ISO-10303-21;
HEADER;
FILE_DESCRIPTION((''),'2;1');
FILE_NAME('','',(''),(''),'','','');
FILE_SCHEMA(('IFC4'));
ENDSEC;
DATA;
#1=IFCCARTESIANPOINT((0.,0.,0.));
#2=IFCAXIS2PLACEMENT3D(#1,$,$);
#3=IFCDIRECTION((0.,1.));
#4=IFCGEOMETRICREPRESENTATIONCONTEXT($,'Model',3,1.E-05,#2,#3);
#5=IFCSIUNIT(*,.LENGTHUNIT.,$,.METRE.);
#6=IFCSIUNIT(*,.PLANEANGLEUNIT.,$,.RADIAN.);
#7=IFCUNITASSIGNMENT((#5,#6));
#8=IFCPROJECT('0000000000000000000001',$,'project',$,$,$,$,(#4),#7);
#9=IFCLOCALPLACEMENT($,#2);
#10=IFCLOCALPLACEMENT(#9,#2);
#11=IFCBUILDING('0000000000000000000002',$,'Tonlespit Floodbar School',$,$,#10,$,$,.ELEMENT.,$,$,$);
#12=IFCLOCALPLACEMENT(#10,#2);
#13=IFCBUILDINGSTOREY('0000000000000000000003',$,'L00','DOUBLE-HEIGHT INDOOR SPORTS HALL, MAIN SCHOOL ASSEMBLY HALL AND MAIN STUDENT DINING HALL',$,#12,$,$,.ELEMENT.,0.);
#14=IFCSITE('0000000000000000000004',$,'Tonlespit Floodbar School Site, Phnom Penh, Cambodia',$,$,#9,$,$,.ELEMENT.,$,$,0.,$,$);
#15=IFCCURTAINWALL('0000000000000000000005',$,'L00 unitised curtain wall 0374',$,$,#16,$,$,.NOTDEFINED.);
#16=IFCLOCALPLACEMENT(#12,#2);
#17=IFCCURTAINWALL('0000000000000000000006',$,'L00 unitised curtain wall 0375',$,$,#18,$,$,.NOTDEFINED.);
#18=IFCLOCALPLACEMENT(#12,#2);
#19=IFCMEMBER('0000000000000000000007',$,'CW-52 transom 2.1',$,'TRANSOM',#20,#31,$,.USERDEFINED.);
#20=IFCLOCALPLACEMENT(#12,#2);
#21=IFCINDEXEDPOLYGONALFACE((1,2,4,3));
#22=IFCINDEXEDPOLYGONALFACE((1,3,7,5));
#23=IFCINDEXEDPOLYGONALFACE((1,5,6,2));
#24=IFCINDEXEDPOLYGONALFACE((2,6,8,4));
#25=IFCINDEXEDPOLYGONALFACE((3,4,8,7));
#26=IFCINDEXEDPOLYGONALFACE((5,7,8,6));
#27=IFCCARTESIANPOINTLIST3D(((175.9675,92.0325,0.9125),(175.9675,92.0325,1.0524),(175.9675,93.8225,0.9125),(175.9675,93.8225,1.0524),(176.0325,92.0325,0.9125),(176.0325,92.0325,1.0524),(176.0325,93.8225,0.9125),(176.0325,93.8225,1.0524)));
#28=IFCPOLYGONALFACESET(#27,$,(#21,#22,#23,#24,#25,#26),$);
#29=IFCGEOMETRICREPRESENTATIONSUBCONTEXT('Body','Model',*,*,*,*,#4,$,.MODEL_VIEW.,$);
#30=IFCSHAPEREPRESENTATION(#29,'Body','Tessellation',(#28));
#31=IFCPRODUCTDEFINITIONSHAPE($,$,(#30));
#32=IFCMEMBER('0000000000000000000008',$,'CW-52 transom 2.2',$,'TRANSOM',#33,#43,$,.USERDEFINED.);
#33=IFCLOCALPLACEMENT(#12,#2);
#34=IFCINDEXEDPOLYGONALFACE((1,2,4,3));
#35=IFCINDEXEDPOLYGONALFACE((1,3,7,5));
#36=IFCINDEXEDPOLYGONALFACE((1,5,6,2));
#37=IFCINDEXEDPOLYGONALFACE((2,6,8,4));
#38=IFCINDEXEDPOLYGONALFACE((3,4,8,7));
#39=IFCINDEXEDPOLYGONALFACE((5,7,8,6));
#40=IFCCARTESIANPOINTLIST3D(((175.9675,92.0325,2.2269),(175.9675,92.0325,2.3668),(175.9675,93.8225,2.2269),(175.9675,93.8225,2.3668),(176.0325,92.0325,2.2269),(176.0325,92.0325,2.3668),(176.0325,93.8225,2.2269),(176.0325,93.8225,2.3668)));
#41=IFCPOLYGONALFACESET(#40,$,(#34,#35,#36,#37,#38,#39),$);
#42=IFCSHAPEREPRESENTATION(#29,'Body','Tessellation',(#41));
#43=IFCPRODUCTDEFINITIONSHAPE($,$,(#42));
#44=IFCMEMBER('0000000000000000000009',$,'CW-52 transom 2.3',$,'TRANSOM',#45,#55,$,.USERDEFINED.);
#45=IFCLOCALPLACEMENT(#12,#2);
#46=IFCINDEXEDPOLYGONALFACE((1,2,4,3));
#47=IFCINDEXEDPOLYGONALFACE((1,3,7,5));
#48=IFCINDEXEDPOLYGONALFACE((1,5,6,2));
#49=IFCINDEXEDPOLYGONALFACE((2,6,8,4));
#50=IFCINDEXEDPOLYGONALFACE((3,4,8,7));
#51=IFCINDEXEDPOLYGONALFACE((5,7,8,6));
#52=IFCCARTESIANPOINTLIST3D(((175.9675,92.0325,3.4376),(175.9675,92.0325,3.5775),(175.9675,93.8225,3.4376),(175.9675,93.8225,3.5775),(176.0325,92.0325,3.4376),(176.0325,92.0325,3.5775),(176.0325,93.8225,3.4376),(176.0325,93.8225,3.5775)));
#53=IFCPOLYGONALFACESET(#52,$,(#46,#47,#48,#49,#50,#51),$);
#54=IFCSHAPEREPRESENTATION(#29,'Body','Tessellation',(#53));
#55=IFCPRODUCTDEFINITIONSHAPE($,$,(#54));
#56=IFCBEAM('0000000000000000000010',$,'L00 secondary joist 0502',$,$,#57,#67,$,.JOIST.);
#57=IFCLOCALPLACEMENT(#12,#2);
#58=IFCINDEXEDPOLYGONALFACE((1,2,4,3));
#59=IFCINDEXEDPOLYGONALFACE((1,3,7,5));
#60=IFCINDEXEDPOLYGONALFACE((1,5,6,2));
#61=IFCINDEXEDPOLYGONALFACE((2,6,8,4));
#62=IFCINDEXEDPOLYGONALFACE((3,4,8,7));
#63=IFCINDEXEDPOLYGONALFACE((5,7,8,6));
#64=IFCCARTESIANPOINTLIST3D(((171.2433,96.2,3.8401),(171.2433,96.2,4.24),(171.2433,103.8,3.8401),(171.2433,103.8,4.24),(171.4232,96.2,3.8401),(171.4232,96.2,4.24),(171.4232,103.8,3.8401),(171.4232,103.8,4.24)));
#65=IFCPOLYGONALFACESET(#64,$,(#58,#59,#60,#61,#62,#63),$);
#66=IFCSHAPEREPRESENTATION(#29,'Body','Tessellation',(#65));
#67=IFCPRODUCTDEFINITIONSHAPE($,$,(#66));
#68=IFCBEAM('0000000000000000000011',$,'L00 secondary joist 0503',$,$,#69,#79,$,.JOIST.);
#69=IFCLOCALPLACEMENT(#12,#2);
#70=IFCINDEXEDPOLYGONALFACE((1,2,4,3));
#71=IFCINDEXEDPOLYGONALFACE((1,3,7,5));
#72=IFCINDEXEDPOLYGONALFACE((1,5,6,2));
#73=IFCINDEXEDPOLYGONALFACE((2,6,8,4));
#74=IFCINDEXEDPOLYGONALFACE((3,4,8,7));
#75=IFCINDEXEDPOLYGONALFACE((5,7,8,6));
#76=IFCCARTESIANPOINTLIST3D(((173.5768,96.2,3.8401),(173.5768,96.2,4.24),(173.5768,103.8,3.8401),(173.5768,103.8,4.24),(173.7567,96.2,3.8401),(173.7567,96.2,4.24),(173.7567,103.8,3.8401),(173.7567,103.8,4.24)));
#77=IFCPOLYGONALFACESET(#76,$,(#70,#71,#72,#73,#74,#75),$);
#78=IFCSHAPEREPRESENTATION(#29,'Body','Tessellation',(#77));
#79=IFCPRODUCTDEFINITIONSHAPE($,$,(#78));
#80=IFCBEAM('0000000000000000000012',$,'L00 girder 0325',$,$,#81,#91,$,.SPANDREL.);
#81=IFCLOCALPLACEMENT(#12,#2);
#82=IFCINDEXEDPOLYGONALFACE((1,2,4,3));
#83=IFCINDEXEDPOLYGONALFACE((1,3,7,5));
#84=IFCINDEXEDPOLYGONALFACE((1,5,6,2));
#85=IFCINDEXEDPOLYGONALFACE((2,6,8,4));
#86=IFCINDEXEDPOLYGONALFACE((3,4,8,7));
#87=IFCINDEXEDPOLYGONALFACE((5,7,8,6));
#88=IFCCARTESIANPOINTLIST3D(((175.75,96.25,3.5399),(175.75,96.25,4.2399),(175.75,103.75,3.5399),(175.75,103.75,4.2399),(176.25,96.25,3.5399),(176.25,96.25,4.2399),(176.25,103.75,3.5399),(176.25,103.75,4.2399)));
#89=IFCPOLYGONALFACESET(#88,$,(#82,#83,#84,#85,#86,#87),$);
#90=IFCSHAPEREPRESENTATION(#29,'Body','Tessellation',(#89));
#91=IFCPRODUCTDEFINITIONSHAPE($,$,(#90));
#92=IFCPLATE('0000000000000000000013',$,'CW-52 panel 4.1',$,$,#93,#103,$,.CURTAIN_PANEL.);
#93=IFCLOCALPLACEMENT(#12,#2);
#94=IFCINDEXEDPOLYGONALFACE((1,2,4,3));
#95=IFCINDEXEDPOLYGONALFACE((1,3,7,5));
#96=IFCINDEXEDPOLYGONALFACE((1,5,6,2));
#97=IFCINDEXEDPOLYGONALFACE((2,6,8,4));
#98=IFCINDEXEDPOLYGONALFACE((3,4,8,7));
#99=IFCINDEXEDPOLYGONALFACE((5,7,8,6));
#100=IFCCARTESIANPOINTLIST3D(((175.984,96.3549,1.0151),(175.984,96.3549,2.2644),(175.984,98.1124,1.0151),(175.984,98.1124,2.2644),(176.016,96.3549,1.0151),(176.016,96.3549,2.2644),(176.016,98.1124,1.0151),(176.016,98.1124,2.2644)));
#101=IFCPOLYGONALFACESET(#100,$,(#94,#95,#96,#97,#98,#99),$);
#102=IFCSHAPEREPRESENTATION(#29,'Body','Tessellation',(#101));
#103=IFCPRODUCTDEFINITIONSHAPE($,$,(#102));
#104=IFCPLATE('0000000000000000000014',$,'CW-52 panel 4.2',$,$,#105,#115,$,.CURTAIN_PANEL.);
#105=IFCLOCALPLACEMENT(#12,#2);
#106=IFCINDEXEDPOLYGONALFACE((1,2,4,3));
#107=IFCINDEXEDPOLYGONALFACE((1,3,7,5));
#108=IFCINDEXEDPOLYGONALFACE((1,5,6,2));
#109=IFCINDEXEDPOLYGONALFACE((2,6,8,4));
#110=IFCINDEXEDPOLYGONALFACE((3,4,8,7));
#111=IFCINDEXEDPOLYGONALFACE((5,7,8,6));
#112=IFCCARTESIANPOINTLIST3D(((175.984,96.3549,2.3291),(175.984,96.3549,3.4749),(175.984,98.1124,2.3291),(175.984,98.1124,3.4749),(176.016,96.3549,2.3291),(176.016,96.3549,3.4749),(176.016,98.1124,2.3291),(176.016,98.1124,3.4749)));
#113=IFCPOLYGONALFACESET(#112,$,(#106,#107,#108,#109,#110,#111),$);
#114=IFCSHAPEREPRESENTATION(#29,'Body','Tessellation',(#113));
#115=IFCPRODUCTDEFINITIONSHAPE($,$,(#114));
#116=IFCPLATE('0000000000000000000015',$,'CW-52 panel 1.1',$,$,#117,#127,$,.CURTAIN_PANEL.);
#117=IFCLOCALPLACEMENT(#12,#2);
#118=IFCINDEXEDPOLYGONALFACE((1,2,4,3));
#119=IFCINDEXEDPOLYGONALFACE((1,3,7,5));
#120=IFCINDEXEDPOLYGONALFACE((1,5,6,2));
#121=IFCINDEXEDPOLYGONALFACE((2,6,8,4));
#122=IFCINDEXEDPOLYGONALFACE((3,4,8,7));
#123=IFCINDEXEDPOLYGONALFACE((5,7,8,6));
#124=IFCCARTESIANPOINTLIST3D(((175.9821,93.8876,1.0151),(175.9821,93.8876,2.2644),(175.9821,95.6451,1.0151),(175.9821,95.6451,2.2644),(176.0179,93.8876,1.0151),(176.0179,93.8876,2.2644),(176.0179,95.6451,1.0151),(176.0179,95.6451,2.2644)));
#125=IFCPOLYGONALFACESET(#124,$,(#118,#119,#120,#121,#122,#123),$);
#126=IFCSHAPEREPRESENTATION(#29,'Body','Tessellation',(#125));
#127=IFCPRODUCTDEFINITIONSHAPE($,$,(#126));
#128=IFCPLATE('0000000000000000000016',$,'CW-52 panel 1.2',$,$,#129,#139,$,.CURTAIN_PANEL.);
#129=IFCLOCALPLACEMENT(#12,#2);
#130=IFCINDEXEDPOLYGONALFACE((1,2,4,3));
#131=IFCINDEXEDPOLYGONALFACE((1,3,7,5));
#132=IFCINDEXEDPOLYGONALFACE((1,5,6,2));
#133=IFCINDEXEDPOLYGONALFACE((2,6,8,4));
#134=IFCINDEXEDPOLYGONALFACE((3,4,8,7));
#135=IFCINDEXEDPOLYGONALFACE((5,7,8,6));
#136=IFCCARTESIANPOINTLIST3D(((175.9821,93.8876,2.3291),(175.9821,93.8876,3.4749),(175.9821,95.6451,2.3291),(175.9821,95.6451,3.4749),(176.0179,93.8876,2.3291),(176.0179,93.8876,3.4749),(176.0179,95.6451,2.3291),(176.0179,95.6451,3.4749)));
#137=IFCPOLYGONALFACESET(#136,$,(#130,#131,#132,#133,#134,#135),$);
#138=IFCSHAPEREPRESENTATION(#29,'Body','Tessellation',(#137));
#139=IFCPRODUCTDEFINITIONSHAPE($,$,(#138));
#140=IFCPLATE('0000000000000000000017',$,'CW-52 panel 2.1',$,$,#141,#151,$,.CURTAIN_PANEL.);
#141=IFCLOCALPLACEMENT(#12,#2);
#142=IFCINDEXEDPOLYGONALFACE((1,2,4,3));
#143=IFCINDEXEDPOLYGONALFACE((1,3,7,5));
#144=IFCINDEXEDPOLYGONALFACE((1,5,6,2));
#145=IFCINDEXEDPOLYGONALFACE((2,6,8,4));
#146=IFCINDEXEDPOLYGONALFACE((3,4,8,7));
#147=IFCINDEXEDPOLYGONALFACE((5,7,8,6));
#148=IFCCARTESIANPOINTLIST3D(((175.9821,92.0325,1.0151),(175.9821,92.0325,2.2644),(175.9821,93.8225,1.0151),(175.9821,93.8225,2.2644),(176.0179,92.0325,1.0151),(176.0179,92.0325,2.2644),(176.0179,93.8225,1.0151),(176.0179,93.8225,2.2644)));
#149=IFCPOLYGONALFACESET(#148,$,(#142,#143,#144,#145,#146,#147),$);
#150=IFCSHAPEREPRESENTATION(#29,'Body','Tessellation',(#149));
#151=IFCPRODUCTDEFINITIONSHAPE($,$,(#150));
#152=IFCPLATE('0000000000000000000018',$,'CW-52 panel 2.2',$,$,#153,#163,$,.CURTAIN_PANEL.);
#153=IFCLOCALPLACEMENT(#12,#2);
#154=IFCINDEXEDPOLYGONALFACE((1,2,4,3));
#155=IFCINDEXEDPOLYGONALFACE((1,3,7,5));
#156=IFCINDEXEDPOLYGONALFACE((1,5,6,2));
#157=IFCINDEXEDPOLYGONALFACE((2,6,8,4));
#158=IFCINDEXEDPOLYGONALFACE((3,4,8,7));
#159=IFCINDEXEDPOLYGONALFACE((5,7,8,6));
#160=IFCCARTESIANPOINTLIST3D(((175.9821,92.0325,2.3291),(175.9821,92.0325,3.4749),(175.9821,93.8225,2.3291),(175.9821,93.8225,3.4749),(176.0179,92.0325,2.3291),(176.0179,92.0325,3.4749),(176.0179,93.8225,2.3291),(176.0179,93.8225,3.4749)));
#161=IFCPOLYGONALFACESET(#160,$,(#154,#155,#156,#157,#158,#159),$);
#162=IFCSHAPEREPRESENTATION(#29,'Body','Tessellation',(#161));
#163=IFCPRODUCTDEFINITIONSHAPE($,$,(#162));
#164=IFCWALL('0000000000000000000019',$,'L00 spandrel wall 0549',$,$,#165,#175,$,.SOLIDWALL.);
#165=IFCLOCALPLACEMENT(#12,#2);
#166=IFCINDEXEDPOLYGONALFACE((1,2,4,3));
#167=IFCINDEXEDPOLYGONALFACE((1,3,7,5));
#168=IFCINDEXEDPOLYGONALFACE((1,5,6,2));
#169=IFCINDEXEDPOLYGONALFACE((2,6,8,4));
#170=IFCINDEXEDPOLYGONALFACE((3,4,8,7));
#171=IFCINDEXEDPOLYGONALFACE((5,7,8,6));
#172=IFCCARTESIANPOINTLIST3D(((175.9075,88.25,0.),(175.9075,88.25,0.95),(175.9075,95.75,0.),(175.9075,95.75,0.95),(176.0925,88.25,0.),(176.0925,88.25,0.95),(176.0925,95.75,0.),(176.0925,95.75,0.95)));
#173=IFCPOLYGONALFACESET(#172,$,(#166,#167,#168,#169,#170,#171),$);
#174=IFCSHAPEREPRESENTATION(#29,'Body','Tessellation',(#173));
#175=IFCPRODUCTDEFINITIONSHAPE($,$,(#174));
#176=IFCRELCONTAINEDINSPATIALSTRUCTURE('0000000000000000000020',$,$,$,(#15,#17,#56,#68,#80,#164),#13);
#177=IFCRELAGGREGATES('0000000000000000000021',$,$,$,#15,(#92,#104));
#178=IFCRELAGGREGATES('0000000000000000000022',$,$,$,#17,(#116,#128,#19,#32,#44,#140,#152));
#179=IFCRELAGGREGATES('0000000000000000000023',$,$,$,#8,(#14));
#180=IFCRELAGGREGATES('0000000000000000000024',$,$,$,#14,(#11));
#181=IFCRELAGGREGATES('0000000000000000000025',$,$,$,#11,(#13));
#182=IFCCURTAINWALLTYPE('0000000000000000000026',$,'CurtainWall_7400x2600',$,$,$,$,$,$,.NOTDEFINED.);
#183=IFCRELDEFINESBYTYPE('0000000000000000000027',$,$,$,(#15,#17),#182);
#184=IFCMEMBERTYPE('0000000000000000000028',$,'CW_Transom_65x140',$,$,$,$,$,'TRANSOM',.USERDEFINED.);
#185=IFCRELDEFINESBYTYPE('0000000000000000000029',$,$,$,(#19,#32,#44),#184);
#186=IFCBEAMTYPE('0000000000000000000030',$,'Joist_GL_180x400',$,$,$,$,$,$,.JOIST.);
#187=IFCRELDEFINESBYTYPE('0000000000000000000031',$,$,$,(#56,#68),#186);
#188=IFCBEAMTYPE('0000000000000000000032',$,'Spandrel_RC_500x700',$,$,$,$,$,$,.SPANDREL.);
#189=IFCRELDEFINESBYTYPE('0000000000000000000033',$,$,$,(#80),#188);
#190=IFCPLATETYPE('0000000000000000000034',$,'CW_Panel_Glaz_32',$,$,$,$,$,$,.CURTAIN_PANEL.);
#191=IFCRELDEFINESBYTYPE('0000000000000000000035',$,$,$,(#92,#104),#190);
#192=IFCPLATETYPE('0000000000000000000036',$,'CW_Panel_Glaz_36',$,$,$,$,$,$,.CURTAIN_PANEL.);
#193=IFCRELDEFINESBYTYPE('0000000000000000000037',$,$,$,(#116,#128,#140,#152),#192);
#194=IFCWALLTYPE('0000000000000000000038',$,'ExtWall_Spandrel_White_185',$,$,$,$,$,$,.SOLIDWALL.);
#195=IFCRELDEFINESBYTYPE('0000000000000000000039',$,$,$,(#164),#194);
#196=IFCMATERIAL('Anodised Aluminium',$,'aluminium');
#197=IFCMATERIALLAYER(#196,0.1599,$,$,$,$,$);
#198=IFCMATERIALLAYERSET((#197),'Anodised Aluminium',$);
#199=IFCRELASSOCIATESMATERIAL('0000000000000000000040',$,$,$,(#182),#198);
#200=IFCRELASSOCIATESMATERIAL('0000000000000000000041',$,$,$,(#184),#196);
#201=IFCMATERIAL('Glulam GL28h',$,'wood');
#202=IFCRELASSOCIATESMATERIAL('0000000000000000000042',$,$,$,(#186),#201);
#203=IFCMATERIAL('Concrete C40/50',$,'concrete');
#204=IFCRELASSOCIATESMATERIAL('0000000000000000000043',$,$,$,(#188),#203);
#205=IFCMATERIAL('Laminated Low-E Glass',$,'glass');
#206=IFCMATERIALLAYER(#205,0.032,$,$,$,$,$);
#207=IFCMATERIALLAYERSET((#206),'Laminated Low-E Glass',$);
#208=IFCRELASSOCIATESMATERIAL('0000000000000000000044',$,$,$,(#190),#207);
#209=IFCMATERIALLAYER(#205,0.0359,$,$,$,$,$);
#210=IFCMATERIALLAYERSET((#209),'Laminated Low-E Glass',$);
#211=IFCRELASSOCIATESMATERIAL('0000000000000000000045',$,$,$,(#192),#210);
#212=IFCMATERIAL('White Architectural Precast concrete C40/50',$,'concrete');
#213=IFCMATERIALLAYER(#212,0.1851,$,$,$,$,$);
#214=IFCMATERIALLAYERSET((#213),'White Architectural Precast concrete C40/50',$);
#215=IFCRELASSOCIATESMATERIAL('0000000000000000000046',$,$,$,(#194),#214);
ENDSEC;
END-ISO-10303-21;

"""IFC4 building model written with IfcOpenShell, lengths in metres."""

from ifc_helpers import new_model, si_unit, direction, frame, frame_2d, origin, origin_2d, place, context, subcontext, project, spatial, rectangle, extrude, material, layer, layer_set, material_profile, profile_set, type_object, element, aggregate, save


model = new_model("IFC4")

# Units and contexts
model_context = context("Model", 3, precision=1e-05, world=origin(), true_north=direction((0.0, 1.0)))
body_context = subcontext(model_context, "Body", "Model", "MODEL_VIEW")
ifc_project = project(units=[si_unit("LENGTHUNIT", "METRE"), si_unit("PLANEANGLEUNIT", "RADIAN")], contexts=[model_context])

# Site, building, storey
site_placement = place(None, origin())
site = spatial("IfcSite", under=ifc_project, at=site_placement, Name="Tonlespit Floodbar School Site, Phnom Penh, Cambodia", CompositionType="ELEMENT", RefElevation=0.0)
building_placement = place(site_placement, origin())
building = spatial("IfcBuilding", under=site, at=building_placement, Name="Tonlespit Floodbar School", CompositionType="ELEMENT")
storey_placement = place(building_placement, origin())
storey = spatial("IfcBuildingStorey", under=building, at=storey_placement, Name="L00", Description="DOUBLE-HEIGHT INDOOR SPORTS HALL, MAIN SCHOOL ASSEMBLY HALL AND MAIN STUDENT DINING HALL", CompositionType="ELEMENT", Elevation=0.0)

# Shared definitions
ifc_material_1 = material(Name="Concrete C40/50", Category="concrete")

# Curtain wall
ifc_material_2 = material(Name="Anodised Aluminium", Category="aluminium")
ifc_layer_1 = layer(ifc_material_2, 0.1599)
ifc_layer_set_1 = layer_set([ifc_layer_1], Name="Anodised Aluminium")
curtain_wall_type = type_object("IfcCurtainWallType", Name="CurtainWall_7400x2600", PredefinedType="NOTDEFINED", material=ifc_layer_set_1)
curtain_wall_1_placement = place(storey_placement, origin())
curtain_wall_1 = element("IfcCurtainWall", 1, at=curtain_wall_1_placement, inside=storey, type_object=curtain_wall_type, Name="L00 unitised curtain wall 0374", PredefinedType="NOTDEFINED")

# Curtain wall, members
curtain_wall_2_placement = place(storey_placement, origin())
curtain_wall_2 = element("IfcCurtainWall", 2, at=curtain_wall_2_placement, inside=storey, type_object=curtain_wall_type, Name="L00 unitised curtain wall 0375", PredefinedType="NOTDEFINED")
ifc_material_profile_1 = material_profile(ifc_material_2, rectangle(XDim=0.0649, YDim=0.1399, at=origin_2d()), Name="ALU T65x140")
ifc_profile_set_1 = profile_set([ifc_material_profile_1], Name="Anodised Aluminium")
member_type_1 = type_object("IfcMemberType", Name="CW_Transom_65x140", ElementType="TRANSOM", PredefinedType="USERDEFINED", material=ifc_profile_set_1)
member_1_placement = place(storey_placement, frame((176.0, 93.8225, 0.9824), z_axis=(0.0, -1.0, 0.0), x_axis=(1.0, 0.0, 0.0)))
member_1 = element("IfcMember", 3, at=member_1_placement, type_object=member_type_1, Name="CW-52 transom 2.1", ObjectType="TRANSOM", PredefinedType="USERDEFINED", context=body_context, shape_type="SweptSolid", body=[
    extrude(rectangle(XDim=0.0649, YDim=0.1399, at=origin_2d()), origin(), (0.0, 0.0, 1.0), 1.79),
])
member_2_placement = place(storey_placement, frame((176.0, 93.8225, 2.2969), z_axis=(0.0, -1.0, 0.0), x_axis=(1.0, 0.0, 0.0)))
member_2 = element("IfcMember", 4, at=member_2_placement, type_object=member_type_1, Name="CW-52 transom 2.2", ObjectType="TRANSOM", PredefinedType="USERDEFINED", context=body_context, shape_type="SweptSolid", body=[
    extrude(rectangle(XDim=0.0649, YDim=0.1399, at=origin_2d()), origin(), (0.0, 0.0, 1.0), 1.79),
])
member_3_placement = place(storey_placement, frame((176.0, 93.8225, 3.5076), z_axis=(0.0, -1.0, 0.0), x_axis=(1.0, 0.0, 0.0)))
member_3 = element("IfcMember", 5, at=member_3_placement, type_object=member_type_1, Name="CW-52 transom 2.3", ObjectType="TRANSOM", PredefinedType="USERDEFINED", context=body_context, shape_type="SweptSolid", body=[
    extrude(rectangle(XDim=0.0649, YDim=0.1399, at=origin_2d()), origin(), (0.0, 0.0, 1.0), 1.79),
])

# Beams
ifc_material_3 = material(Name="Glulam GL28h", Category="wood")
ifc_material_profile_2 = material_profile(ifc_material_3, rectangle(XDim=0.1799, YDim=0.3999, at=origin_2d()), Name="GL 180x400")
ifc_profile_set_2 = profile_set([ifc_material_profile_2], Name="Glulam GL28h")
beam_type_1 = type_object("IfcBeamType", Name="Joist_GL_180x400", PredefinedType="JOIST", material=ifc_profile_set_2)
for number, where, z_axis, x_axis, name in (
    (6, (171.3333, 96.2, 4.04), (0.0, 1.0, 0.0), (-1.0, 0.0, 0.0), "L00 secondary joist 0502"),
    (7, (173.6667, 96.2, 4.04), (0.0, 1.0, 0.0), (-1.0, 0.0, 0.0), "L00 secondary joist 0503"),
):
    element("IfcBeam", number, at=place(storey_placement, frame(where, z_axis=z_axis, x_axis=x_axis)), inside=storey, type_object=beam_type_1, Name=name, PredefinedType="JOIST", context=body_context, shape_type="SweptSolid", body=[
        extrude(rectangle(XDim=0.1799, YDim=0.3999, at=origin_2d()), origin(), (0.0, 0.0, 1.0), 7.6001),
    ])
ifc_material_profile_3 = material_profile(ifc_material_1, rectangle(XDim=0.5, YDim=0.7, at=origin_2d()), Name="RC 500x700")
ifc_profile_set_3 = profile_set([ifc_material_profile_3], Name="Concrete C40/50")
beam_type_2 = type_object("IfcBeamType", Name="Spandrel_RC_500x700", PredefinedType="SPANDREL", material=ifc_profile_set_3)
beam_1_placement = place(storey_placement, frame((176.0, 96.25, 3.8899), z_axis=(0.0, 1.0, 0.0), x_axis=(-1.0, 0.0, 0.0)))
element("IfcBeam", 8, at=beam_1_placement, inside=storey, type_object=beam_type_2, Name="L00 girder 0325", PredefinedType="SPANDREL", context=body_context, shape_type="SweptSolid", body=[
    extrude(rectangle(XDim=0.5, YDim=0.7, at=origin_2d()), origin(), (0.0, 0.0, 1.0), 7.5),
])

# Plates
ifc_material_4 = material(Name="Laminated Low-E Glass", Category="glass")
ifc_layer_2 = layer(ifc_material_4, 0.032)
ifc_layer_set_2 = layer_set([ifc_layer_2], Name="Laminated Low-E Glass")
plate_type_1 = type_object("IfcPlateType", Name="CW_Panel_Glaz_32", PredefinedType="CURTAIN_PANEL", material=ifc_layer_set_2)
plate_1_placement = place(storey_placement, frame((176.0, 97.2336, 1.0151), z_axis=(0.0, 0.0, 1.0), x_axis=(0.0, -1.0, 0.0)))
plate_1 = element("IfcPlate", 9, at=plate_1_placement, type_object=plate_type_1, Name="CW-52 panel 4.1", PredefinedType="CURTAIN_PANEL", context=body_context, shape_type="SweptSolid", body=[
    extrude(rectangle(XDim=1.7576, YDim=0.032, at=origin_2d()), origin(), (0.0, 0.0, 1.0), 1.2493),
])
plate_2_placement = place(storey_placement, frame((176.0, 97.2336, 2.3291), z_axis=(0.0, 0.0, 1.0), x_axis=(0.0, -1.0, 0.0)))
plate_2 = element("IfcPlate", 10, at=plate_2_placement, type_object=plate_type_1, Name="CW-52 panel 4.2", PredefinedType="CURTAIN_PANEL", context=body_context, shape_type="SweptSolid", body=[
    extrude(rectangle(XDim=1.7576, YDim=0.032, at=origin_2d()), origin(), (0.0, 0.0, 1.0), 1.1458),
])
aggregate(curtain_wall_1, [plate_1, plate_2])
ifc_layer_3 = layer(ifc_material_4, 0.0359)
ifc_layer_set_3 = layer_set([ifc_layer_3], Name="Laminated Low-E Glass")
plate_type_2 = type_object("IfcPlateType", Name="CW_Panel_Glaz_36", PredefinedType="CURTAIN_PANEL", material=ifc_layer_set_3)
plate_3_placement = place(storey_placement, frame((176.0, 94.7664, 1.0151), z_axis=(0.0, 0.0, 1.0), x_axis=(0.0, -1.0, 0.0)))
plate_3 = element("IfcPlate", 11, at=plate_3_placement, type_object=plate_type_2, Name="CW-52 panel 1.1", PredefinedType="CURTAIN_PANEL", context=body_context, shape_type="SweptSolid", body=[
    extrude(rectangle(XDim=1.7576, YDim=0.0359, at=origin_2d()), origin(), (0.0, 0.0, 1.0), 1.2493),
])
plate_4_placement = place(storey_placement, frame((176.0, 94.7664, 2.3291), z_axis=(0.0, 0.0, 1.0), x_axis=(0.0, -1.0, 0.0)))
plate_4 = element("IfcPlate", 12, at=plate_4_placement, type_object=plate_type_2, Name="CW-52 panel 1.2", PredefinedType="CURTAIN_PANEL", context=body_context, shape_type="SweptSolid", body=[
    extrude(rectangle(XDim=1.7576, YDim=0.0359, at=origin_2d()), origin(), (0.0, 0.0, 1.0), 1.1458),
])
plate_5_placement = place(storey_placement, frame((176.0, 92.9275, 1.0151), z_axis=(0.0, 0.0, 1.0), x_axis=(0.0, -1.0, 0.0)))
plate_5 = element("IfcPlate", 13, at=plate_5_placement, type_object=plate_type_2, Name="CW-52 panel 2.1", PredefinedType="CURTAIN_PANEL", context=body_context, shape_type="SweptSolid", body=[
    extrude(rectangle(XDim=1.79, YDim=0.0359, at=origin_2d()), origin(), (0.0, 0.0, 1.0), 1.2493),
])
plate_6_placement = place(storey_placement, frame((176.0, 92.9275, 2.3291), z_axis=(0.0, 0.0, 1.0), x_axis=(0.0, -1.0, 0.0)))
plate_6 = element("IfcPlate", 14, at=plate_6_placement, type_object=plate_type_2, Name="CW-52 panel 2.2", PredefinedType="CURTAIN_PANEL", context=body_context, shape_type="SweptSolid", body=[
    extrude(rectangle(XDim=1.79, YDim=0.0359, at=origin_2d()), origin(), (0.0, 0.0, 1.0), 1.1458),
])
aggregate(curtain_wall_2, [plate_3, plate_4, member_1, member_2, member_3, plate_5, plate_6])

# Wall
ifc_material_5 = material(Name="White Architectural Precast concrete C40/50", Category="concrete")
ifc_layer_4 = layer(ifc_material_5, 0.1851)
ifc_layer_set_4 = layer_set([ifc_layer_4], Name="White Architectural Precast concrete C40/50")
wall_type = type_object("IfcWallType", Name="ExtWall_Spandrel_White_185", PredefinedType="SOLIDWALL", material=ifc_layer_set_4)
wall_placement = place(storey_placement, frame((176.0, 95.75, 0.0), z_axis=(0.0, 0.0, 1.0), x_axis=(0.0, -1.0, 0.0)))
element("IfcWall", 15, at=wall_placement, inside=storey, type_object=wall_type, Name="L00 spandrel wall 0549", PredefinedType="SOLIDWALL", context=body_context, shape_type="SweptSolid", body=[
    extrude(rectangle(XDim=7.5, YDim=0.1851, at=frame_2d((3.75, 0.0))), origin(), (0.0, 0.0, 1.0), 0.95),
])

save(model, "model.ifc")
